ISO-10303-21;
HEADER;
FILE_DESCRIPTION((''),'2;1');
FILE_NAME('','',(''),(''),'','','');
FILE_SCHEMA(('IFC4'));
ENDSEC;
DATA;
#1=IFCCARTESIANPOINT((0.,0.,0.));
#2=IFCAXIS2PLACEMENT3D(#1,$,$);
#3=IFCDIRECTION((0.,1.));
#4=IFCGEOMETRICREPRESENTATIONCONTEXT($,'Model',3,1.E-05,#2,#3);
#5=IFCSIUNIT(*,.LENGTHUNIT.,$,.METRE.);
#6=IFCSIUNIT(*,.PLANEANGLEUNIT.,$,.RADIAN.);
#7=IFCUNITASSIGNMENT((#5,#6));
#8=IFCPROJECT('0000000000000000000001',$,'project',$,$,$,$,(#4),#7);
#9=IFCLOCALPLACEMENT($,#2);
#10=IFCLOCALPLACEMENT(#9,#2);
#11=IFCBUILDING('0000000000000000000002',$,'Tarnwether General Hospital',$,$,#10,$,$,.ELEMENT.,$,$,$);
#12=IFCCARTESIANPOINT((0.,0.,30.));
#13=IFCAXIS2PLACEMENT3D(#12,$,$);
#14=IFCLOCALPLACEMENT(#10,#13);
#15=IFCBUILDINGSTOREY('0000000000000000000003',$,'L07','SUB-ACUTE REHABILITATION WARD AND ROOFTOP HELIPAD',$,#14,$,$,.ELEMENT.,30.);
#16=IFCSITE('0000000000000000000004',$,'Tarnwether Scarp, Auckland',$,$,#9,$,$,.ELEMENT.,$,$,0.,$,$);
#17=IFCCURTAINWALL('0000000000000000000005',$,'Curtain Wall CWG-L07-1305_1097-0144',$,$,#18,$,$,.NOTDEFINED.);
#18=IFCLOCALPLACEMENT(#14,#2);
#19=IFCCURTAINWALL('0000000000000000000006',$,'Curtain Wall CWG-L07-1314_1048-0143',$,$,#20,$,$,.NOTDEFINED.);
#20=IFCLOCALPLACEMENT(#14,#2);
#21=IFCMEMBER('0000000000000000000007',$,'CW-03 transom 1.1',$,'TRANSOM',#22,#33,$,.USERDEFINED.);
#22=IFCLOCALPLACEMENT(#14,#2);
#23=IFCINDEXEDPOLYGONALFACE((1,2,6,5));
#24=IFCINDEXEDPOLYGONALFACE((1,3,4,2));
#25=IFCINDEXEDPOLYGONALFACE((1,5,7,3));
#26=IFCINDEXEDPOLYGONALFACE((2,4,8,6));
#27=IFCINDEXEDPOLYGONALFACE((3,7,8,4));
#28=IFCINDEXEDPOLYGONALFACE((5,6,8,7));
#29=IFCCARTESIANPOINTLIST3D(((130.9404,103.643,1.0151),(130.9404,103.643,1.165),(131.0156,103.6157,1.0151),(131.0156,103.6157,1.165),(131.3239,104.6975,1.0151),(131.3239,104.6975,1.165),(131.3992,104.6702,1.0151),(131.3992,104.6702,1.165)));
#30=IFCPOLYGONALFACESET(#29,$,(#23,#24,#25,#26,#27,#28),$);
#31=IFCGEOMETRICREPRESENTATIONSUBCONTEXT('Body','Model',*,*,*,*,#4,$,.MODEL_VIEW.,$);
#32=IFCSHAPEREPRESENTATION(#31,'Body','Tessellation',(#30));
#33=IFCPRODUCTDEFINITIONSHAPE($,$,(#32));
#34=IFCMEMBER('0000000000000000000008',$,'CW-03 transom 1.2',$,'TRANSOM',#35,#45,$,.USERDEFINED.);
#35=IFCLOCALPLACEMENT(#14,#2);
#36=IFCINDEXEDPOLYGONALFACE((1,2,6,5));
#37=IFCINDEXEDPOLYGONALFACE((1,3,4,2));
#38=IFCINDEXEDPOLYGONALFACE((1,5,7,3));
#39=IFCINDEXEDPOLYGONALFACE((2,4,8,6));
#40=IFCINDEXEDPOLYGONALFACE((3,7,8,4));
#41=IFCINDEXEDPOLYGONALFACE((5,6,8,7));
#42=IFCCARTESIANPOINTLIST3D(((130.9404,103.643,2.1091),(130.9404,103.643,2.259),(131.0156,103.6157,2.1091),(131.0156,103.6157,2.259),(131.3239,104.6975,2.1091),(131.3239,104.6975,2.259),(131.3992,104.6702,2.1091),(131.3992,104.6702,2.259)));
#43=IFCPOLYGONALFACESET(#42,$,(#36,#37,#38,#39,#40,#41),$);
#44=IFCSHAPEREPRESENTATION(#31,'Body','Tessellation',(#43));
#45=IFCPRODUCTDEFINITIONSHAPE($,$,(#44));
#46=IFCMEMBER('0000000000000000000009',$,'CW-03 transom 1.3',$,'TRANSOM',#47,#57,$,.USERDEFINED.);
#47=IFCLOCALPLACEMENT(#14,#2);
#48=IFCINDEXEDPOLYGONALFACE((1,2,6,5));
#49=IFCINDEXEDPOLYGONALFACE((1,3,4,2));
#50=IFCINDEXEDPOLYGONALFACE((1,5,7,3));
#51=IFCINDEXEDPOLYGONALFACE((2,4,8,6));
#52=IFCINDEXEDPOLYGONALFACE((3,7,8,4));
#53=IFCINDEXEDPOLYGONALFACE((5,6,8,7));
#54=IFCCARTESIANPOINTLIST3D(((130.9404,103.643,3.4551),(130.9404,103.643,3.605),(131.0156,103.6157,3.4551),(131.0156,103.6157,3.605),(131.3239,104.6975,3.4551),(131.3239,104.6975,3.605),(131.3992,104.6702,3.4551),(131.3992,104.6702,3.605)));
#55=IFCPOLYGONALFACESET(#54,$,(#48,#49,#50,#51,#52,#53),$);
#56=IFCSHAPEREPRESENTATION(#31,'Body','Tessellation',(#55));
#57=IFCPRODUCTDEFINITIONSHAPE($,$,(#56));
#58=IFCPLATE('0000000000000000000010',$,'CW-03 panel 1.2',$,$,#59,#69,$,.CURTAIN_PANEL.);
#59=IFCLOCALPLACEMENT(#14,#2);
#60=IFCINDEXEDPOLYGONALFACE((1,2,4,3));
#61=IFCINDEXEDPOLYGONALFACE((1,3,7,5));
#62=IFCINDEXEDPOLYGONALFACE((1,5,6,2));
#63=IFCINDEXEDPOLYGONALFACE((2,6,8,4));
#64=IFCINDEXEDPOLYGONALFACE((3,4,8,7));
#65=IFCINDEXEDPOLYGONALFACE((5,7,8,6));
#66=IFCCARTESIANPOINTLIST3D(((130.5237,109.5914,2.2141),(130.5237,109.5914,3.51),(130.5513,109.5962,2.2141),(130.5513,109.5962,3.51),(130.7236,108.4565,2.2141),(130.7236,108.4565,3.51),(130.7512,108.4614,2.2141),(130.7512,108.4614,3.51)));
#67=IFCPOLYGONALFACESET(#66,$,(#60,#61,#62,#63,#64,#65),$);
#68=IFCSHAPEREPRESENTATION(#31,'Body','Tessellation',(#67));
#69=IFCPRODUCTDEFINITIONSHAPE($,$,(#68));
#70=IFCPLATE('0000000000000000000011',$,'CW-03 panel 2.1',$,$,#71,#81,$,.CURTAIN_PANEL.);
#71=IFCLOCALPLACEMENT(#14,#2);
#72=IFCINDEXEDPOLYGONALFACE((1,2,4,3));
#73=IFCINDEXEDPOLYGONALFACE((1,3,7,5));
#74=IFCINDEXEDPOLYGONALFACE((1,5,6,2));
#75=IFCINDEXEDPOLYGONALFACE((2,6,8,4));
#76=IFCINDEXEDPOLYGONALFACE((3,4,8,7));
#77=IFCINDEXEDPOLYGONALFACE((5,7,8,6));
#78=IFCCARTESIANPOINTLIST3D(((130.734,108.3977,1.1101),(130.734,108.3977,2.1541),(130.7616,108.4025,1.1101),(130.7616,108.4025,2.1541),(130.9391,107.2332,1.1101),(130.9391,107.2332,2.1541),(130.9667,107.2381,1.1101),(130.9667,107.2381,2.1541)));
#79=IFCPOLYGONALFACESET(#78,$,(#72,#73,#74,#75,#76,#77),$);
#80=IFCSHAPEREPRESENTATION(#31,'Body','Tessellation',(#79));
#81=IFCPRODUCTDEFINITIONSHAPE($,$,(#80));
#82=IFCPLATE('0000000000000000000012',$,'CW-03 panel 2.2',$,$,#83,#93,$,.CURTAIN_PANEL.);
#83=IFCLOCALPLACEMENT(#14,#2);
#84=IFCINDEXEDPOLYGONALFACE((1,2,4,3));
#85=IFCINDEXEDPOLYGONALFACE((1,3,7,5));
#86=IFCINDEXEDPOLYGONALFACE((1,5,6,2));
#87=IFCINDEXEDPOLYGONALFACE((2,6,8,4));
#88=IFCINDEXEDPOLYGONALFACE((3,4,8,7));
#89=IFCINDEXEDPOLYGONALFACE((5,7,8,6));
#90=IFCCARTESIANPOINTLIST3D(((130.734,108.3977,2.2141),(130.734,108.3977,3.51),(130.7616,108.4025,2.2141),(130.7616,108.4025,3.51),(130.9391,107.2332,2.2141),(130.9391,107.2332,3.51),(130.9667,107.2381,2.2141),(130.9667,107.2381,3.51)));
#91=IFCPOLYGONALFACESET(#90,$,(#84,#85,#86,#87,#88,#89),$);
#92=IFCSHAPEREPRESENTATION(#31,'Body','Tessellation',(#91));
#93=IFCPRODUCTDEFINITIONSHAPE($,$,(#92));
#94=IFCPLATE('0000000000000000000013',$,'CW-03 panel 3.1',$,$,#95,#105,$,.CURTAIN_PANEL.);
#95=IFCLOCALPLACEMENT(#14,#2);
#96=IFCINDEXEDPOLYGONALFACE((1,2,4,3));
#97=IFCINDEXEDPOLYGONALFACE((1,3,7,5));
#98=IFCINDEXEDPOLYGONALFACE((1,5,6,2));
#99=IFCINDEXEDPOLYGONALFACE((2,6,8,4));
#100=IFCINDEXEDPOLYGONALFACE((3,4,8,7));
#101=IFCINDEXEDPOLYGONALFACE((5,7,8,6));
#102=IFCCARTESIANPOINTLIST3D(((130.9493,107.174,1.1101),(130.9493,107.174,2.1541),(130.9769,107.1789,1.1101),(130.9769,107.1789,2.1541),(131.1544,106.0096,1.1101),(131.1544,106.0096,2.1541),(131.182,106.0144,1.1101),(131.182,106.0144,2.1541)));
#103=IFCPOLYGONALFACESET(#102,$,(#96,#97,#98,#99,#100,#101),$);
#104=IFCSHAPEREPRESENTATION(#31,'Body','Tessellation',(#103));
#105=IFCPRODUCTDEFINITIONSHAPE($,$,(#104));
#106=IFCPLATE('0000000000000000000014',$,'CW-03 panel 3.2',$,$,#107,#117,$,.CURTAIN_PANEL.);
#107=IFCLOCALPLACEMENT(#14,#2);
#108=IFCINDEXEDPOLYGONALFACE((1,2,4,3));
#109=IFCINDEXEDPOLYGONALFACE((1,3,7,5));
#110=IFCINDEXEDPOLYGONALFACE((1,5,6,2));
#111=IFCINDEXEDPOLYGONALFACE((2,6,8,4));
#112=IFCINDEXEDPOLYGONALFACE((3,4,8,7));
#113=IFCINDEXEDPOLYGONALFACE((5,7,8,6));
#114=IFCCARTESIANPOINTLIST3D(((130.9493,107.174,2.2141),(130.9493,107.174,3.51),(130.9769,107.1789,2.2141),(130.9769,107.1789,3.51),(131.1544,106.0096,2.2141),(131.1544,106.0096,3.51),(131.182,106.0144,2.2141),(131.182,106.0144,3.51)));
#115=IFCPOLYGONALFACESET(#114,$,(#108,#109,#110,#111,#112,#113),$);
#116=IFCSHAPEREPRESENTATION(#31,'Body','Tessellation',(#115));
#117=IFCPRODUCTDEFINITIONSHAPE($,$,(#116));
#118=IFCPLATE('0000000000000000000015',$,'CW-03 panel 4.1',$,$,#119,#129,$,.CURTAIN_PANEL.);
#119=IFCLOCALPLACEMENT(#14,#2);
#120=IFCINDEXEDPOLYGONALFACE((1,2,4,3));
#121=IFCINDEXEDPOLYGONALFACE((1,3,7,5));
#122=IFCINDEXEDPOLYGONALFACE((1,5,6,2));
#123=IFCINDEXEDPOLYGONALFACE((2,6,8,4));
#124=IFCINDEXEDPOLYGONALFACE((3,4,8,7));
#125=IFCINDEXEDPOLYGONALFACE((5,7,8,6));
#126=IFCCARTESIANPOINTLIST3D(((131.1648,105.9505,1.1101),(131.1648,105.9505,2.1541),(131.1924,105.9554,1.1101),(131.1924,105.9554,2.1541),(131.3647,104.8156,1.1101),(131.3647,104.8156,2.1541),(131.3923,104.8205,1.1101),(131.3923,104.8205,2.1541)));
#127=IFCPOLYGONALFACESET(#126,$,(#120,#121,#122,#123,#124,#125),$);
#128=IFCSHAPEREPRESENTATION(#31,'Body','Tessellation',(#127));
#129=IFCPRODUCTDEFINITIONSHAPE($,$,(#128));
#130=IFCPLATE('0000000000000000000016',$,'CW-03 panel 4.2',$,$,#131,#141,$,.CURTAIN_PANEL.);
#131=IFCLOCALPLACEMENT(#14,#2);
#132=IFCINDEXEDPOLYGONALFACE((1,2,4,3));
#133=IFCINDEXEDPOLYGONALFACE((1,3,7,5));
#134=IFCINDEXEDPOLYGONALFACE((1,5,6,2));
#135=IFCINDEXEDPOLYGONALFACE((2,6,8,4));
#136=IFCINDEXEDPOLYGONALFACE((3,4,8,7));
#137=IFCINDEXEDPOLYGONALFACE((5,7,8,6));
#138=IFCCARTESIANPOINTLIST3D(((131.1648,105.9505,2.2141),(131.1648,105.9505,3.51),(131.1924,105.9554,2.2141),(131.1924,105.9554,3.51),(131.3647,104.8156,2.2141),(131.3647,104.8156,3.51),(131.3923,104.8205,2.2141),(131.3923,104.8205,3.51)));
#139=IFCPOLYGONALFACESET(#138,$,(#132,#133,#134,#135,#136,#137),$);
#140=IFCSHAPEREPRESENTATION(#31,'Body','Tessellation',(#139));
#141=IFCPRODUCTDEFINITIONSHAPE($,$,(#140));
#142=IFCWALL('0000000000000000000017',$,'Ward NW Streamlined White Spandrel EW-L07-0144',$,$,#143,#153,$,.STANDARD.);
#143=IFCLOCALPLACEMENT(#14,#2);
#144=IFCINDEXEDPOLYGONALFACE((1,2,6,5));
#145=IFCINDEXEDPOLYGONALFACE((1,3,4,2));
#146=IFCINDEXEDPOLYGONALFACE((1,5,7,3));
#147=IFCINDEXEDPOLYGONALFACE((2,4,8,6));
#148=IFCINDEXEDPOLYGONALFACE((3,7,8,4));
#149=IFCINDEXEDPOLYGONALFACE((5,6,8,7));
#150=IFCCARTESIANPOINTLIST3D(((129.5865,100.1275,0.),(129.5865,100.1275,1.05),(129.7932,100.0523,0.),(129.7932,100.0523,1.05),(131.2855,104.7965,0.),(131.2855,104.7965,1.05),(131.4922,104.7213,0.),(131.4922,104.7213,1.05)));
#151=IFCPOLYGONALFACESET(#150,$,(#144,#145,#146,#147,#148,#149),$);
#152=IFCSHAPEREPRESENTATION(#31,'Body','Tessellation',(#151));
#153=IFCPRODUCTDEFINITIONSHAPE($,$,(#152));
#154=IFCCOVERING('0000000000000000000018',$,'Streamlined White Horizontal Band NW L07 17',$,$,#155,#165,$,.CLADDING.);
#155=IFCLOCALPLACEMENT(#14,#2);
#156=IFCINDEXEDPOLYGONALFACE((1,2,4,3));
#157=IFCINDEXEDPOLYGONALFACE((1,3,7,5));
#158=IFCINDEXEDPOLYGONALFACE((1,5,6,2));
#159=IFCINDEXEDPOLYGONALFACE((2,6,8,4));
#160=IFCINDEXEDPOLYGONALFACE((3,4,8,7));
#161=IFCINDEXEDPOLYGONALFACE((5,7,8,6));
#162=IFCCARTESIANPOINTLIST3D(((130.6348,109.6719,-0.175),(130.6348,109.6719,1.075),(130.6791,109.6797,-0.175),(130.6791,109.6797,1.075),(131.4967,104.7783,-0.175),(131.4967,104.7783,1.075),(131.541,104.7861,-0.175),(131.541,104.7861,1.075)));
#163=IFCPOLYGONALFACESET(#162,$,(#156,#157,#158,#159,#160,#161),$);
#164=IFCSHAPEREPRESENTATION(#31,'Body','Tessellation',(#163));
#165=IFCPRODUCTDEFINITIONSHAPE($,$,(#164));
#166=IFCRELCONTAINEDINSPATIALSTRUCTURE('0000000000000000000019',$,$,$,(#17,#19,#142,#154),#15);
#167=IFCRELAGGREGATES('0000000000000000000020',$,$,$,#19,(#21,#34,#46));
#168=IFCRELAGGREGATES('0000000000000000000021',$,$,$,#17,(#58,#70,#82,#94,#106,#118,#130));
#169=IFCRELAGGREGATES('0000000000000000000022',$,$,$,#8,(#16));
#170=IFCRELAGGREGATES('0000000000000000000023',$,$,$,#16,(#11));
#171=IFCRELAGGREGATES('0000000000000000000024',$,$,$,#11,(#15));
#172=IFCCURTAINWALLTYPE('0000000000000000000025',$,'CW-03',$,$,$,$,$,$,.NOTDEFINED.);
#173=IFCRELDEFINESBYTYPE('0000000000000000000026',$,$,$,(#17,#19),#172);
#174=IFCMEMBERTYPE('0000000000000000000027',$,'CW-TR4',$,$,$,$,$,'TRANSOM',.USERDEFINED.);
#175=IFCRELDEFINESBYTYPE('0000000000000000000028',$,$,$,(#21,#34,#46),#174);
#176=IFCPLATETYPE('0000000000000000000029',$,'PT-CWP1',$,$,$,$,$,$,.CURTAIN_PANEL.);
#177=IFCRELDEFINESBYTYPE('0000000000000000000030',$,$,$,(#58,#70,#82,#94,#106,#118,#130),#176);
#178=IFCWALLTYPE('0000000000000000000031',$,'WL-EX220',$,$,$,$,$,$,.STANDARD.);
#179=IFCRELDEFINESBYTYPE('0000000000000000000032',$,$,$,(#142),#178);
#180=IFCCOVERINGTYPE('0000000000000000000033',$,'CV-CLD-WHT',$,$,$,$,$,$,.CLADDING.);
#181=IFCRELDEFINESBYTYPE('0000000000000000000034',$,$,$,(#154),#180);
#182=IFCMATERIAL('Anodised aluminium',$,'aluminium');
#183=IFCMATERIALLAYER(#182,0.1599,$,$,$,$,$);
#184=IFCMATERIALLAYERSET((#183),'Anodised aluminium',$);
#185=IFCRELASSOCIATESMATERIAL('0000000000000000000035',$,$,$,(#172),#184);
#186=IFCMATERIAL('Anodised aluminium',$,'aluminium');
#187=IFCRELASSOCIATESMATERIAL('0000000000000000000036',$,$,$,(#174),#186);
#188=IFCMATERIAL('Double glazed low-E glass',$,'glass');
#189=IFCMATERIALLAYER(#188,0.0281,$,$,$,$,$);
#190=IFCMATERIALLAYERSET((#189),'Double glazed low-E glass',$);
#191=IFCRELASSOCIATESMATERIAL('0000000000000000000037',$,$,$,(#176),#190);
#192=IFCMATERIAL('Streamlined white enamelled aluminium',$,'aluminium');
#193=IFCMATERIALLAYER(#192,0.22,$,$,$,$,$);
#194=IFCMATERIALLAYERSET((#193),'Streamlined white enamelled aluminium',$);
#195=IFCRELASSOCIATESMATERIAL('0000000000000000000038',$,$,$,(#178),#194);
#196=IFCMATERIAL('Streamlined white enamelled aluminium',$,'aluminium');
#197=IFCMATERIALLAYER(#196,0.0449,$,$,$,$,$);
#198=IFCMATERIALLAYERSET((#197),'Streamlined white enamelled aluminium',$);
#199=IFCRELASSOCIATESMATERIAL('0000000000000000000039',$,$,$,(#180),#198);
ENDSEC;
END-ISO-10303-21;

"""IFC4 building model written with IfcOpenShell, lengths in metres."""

from ifc_helpers import new_model, si_unit, direction, frame, frame_2d, origin, origin_2d, place, context, subcontext, project, spatial, rectangle, extrude, material, layer, layer_set, material_profile, profile_set, type_object, element, aggregate, save


model = new_model("IFC4")

# Units and contexts
model_context = context("Model", 3, precision=1e-05, world=origin(), true_north=direction((0.0, 1.0)))
body_context = subcontext(model_context, "Body", "Model", "MODEL_VIEW")
ifc_project = project(units=[si_unit("LENGTHUNIT", "METRE"), si_unit("PLANEANGLEUNIT", "RADIAN")], contexts=[model_context])

# Site, building, storey
site_placement = place(None, origin())
site = spatial("IfcSite", under=ifc_project, at=site_placement, Name="Tarnwether Scarp, Auckland", CompositionType="ELEMENT", RefElevation=0.0)
building_placement = place(site_placement, origin())
building = spatial("IfcBuilding", under=site, at=building_placement, Name="Tarnwether General Hospital", CompositionType="ELEMENT")
storey_placement = place(building_placement, frame((0.0, 0.0, 30.0)))
storey = spatial("IfcBuildingStorey", under=building, at=storey_placement, Name="L07", Description="SUB-ACUTE REHABILITATION WARD AND ROOFTOP HELIPAD", CompositionType="ELEMENT", Elevation=30.0)

# Curtain wall
ifc_material_1 = material(Name="Anodised aluminium", Category="aluminium")
ifc_layer_1 = layer(ifc_material_1, 0.1599)
ifc_layer_set_1 = layer_set([ifc_layer_1], Name="Anodised aluminium")
curtain_wall_type = type_object("IfcCurtainWallType", Name="CW-03", PredefinedType="NOTDEFINED", material=ifc_layer_set_1)
curtain_wall_1_placement = place(storey_placement, origin())
curtain_wall_1 = element("IfcCurtainWall", 1, at=curtain_wall_1_placement, inside=storey, type_object=curtain_wall_type, Name="Curtain Wall CWG-L07-1305_1097-0144", PredefinedType="NOTDEFINED")

# Curtain wall
curtain_wall_2_placement = place(storey_placement, origin())
curtain_wall_2 = element("IfcCurtainWall", 2, at=curtain_wall_2_placement, inside=storey, type_object=curtain_wall_type, Name="Curtain Wall CWG-L07-1314_1048-0143", PredefinedType="NOTDEFINED")

# Members
ifc_material_2 = material(Name="Anodised aluminium", Category="aluminium")
ifc_material_profile_1 = material_profile(ifc_material_2, rectangle(XDim=0.0801, YDim=0.1499, at=origin_2d()), Name="ALU-TRN-80x150")
ifc_profile_set_1 = profile_set([ifc_material_profile_1], Name="Anodised aluminium")
member_type_1 = type_object("IfcMemberType", Name="CW-TR4", ElementType="TRANSOM", PredefinedType="USERDEFINED", material=ifc_profile_set_1)
member_1_placement = place(storey_placement, frame((131.3616, 104.6838, 1.0901), z_axis=(-0.34183, -0.939762, 0.0), x_axis=(0.939762, -0.34183, 0.0)))
member_1 = element("IfcMember", 3, at=member_1_placement, type_object=member_type_1, Name="CW-03 transom 1.1", ObjectType="TRANSOM", PredefinedType="USERDEFINED", context=body_context, shape_type="SweptSolid", body=[
    extrude(rectangle(XDim=0.0801, YDim=0.1499, at=origin_2d()), origin(), (0.0, 0.0, 1.0), 1.1221),
])
member_2_placement = place(storey_placement, frame((131.3616, 104.6838, 2.1841), z_axis=(-0.34183, -0.939762, 0.0), x_axis=(0.939762, -0.34183, 0.0)))
member_2 = element("IfcMember", 4, at=member_2_placement, type_object=member_type_1, Name="CW-03 transom 1.2", ObjectType="TRANSOM", PredefinedType="USERDEFINED", context=body_context, shape_type="SweptSolid", body=[
    extrude(rectangle(XDim=0.0801, YDim=0.1499, at=origin_2d()), origin(), (0.0, 0.0, 1.0), 1.1221),
])
member_3_placement = place(storey_placement, frame((131.3616, 104.6838, 3.53), z_axis=(-0.34183, -0.939762, 0.0), x_axis=(0.939762, -0.34183, 0.0)))
member_3 = element("IfcMember", 5, at=member_3_placement, type_object=member_type_1, Name="CW-03 transom 1.3", ObjectType="TRANSOM", PredefinedType="USERDEFINED", context=body_context, shape_type="SweptSolid", body=[
    extrude(rectangle(XDim=0.0801, YDim=0.1499, at=origin_2d()), origin(), (0.0, 0.0, 1.0), 1.1221),
])
aggregate(curtain_wall_2, [member_1, member_2, member_3])

# Plates
ifc_material_3 = material(Name="Double glazed low-E glass", Category="glass")
ifc_layer_2 = layer(ifc_material_3, 0.0281)
ifc_layer_set_2 = layer_set([ifc_layer_2], Name="Double glazed low-E glass")
plate_type = type_object("IfcPlateType", Name="PT-CWP1", PredefinedType="CURTAIN_PANEL", material=ifc_layer_set_2)
plate_1_placement = place(storey_placement, frame((130.6375, 109.0264, 2.2141), z_axis=(0.0, 0.0, 1.0), x_axis=(0.173464, -0.98484, 0.0)))
plate_1 = element("IfcPlate", 6, at=plate_1_placement, type_object=plate_type, Name="CW-03 panel 1.2", PredefinedType="CURTAIN_PANEL", context=body_context, shape_type="SweptSolid", body=[
    extrude(rectangle(XDim=1.1523, YDim=0.0281, at=origin_2d()), origin(), (0.0, 0.0, 1.0), 1.2959),
])
plate_2_placement = place(storey_placement, frame((130.8503, 107.8179, 1.1101), z_axis=(0.0, 0.0, 1.0), x_axis=(0.173464, -0.98484, 0.0)))
plate_2 = element("IfcPlate", 7, at=plate_2_placement, type_object=plate_type, Name="CW-03 panel 2.1", PredefinedType="CURTAIN_PANEL", context=body_context, shape_type="SweptSolid", body=[
    extrude(rectangle(XDim=1.1824, YDim=0.0281, at=origin_2d()), origin(), (0.0, 0.0, 1.0), 1.0439),
])
plate_3_placement = place(storey_placement, frame((130.8503, 107.8179, 2.2141), z_axis=(0.0, 0.0, 1.0), x_axis=(0.173464, -0.98484, 0.0)))
plate_3 = element("IfcPlate", 8, at=plate_3_placement, type_object=plate_type, Name="CW-03 panel 2.2", PredefinedType="CURTAIN_PANEL", context=body_context, shape_type="SweptSolid", body=[
    extrude(rectangle(XDim=1.1824, YDim=0.0281, at=origin_2d()), origin(), (0.0, 0.0, 1.0), 1.2959),
])
plate_4_placement = place(storey_placement, frame((131.0657, 106.5942, 1.1101), z_axis=(0.0, 0.0, 1.0), x_axis=(0.173464, -0.98484, 0.0)))
plate_4 = element("IfcPlate", 9, at=plate_4_placement, type_object=plate_type, Name="CW-03 panel 3.1", PredefinedType="CURTAIN_PANEL", context=body_context, shape_type="SweptSolid", body=[
    extrude(rectangle(XDim=1.1824, YDim=0.0281, at=origin_2d()), origin(), (0.0, 0.0, 1.0), 1.0439),
])
plate_5_placement = place(storey_placement, frame((131.0657, 106.5942, 2.2141), z_axis=(0.0, 0.0, 1.0), x_axis=(0.173464, -0.98484, 0.0)))
plate_5 = element("IfcPlate", 10, at=plate_5_placement, type_object=plate_type, Name="CW-03 panel 3.2", PredefinedType="CURTAIN_PANEL", context=body_context, shape_type="SweptSolid", body=[
    extrude(rectangle(XDim=1.1824, YDim=0.0281, at=origin_2d()), origin(), (0.0, 0.0, 1.0), 1.2959),
])
plate_6_placement = place(storey_placement, frame((131.2786, 105.3855, 1.1101), z_axis=(0.0, 0.0, 1.0), x_axis=(0.173464, -0.98484, 0.0)))
plate_6 = element("IfcPlate", 11, at=plate_6_placement, type_object=plate_type, Name="CW-03 panel 4.1", PredefinedType="CURTAIN_PANEL", context=body_context, shape_type="SweptSolid", body=[
    extrude(rectangle(XDim=1.1523, YDim=0.0281, at=origin_2d()), origin(), (0.0, 0.0, 1.0), 1.0439),
])
plate_7_placement = place(storey_placement, frame((131.2786, 105.3855, 2.2141), z_axis=(0.0, 0.0, 1.0), x_axis=(0.173464, -0.98484, 0.0)))
plate_7 = element("IfcPlate", 12, at=plate_7_placement, type_object=plate_type, Name="CW-03 panel 4.2", PredefinedType="CURTAIN_PANEL", context=body_context, shape_type="SweptSolid", body=[
    extrude(rectangle(XDim=1.1523, YDim=0.0281, at=origin_2d()), origin(), (0.0, 0.0, 1.0), 1.2959),
])
aggregate(curtain_wall_1, [plate_1, plate_2, plate_3, plate_4, plate_5, plate_6, plate_7])

# Wall
ifc_material_4 = material(Name="Streamlined white enamelled aluminium", Category="aluminium")
ifc_layer_3 = layer(ifc_material_4, 0.22)
ifc_layer_set_3 = layer_set([ifc_layer_3], Name="Streamlined white enamelled aluminium")
wall_type = type_object("IfcWallType", Name="WL-EX220", PredefinedType="STANDARD", material=ifc_layer_set_3)
wall_placement = place(storey_placement, frame((131.3889, 104.759, 0.0), z_axis=(0.0, 0.0, 1.0), x_axis=(-0.341952, -0.939717, 0.0)))
element("IfcWall", 13, at=wall_placement, inside=storey, type_object=wall_type, Name="Ward NW Streamlined White Spandrel EW-L07-0144", PredefinedType="STANDARD", context=body_context, shape_type="SweptSolid", body=[
    extrude(rectangle(XDim=4.9685, YDim=0.22, at=frame_2d((2.4844, 0.0))), origin(), (0.0, 0.0, 1.0), 1.05),
])

# Covering
ifc_material_5 = material(Name="Streamlined white enamelled aluminium", Category="aluminium")
ifc_layer_4 = layer(ifc_material_5, 0.0449)
ifc_layer_set_4 = layer_set([ifc_layer_4], Name="Streamlined white enamelled aluminium")
covering_type = type_object("IfcCoveringType", Name="CV-CLD-WHT", PredefinedType="CLADDING", material=ifc_layer_set_4)
covering_placement = place(storey_placement, frame((131.0879, 107.229, -0.175), z_axis=(0.0, 0.0, 1.0), x_axis=(0.173459, -0.984841, 0.0)))
element("IfcCovering", 14, at=covering_placement, inside=storey, type_object=covering_type, Name="Streamlined White Horizontal Band NW L07 17", PredefinedType="CLADDING", context=body_context, shape_type="SweptSolid", body=[
    extrude(rectangle(XDim=4.969, YDim=0.0449, at=origin_2d()), origin(), (0.0, 0.0, 1.0), 1.25),
])

save(model, "model.ifc")
